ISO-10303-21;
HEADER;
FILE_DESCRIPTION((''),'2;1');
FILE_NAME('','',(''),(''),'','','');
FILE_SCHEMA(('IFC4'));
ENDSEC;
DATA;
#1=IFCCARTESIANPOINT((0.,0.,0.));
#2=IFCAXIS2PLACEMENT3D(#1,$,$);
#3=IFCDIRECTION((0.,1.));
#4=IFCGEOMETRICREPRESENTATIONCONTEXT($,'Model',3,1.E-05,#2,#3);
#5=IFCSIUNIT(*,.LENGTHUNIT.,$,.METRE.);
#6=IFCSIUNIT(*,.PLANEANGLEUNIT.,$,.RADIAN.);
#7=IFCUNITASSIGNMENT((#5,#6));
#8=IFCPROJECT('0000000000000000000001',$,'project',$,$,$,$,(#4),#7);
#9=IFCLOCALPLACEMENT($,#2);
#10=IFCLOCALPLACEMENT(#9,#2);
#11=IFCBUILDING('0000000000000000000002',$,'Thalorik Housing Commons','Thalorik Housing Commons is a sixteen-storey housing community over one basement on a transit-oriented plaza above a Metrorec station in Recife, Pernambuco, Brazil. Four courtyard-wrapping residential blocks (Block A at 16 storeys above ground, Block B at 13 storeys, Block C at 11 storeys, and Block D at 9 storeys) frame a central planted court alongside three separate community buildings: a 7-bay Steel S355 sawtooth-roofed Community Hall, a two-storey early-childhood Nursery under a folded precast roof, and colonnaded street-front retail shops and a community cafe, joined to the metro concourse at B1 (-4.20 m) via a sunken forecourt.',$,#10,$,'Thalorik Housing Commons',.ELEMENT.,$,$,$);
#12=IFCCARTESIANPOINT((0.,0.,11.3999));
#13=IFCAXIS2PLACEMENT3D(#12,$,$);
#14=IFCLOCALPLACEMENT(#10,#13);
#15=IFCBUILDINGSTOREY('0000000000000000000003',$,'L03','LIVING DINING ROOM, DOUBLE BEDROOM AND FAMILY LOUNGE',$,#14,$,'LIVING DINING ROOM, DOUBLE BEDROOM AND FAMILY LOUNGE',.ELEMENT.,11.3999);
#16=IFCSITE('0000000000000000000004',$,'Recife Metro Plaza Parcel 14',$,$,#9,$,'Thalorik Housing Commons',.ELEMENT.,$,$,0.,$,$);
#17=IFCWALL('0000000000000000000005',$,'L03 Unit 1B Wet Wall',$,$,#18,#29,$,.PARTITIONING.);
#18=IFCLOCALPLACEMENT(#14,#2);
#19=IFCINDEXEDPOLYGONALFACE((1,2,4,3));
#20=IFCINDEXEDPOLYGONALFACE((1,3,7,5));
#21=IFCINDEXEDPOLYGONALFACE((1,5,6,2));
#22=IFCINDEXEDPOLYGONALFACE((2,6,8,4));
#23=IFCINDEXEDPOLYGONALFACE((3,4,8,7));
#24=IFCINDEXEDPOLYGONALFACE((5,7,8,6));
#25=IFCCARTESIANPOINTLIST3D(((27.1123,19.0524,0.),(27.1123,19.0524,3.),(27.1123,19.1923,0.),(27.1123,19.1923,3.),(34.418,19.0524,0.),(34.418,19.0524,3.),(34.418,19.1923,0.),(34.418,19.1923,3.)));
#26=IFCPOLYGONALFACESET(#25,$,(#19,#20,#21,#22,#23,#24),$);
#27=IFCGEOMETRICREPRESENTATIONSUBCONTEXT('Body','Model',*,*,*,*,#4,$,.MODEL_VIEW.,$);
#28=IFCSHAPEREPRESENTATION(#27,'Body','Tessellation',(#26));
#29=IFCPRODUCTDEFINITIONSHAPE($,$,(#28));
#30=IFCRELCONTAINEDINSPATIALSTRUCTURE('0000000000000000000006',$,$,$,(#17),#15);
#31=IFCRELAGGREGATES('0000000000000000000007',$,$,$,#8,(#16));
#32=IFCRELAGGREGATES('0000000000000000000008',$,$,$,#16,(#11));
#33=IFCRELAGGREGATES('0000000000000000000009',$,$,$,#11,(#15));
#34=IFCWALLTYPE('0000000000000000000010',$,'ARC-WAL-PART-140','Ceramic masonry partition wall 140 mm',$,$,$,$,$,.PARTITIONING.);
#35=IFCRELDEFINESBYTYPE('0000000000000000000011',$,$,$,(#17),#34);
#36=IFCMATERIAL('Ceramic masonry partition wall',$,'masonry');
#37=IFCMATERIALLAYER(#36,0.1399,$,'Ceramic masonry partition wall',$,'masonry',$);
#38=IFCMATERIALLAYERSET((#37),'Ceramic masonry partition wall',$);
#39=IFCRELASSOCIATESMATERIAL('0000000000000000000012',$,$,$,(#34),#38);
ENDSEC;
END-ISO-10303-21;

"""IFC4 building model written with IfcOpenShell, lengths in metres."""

from ifc_helpers import new_model, si_unit, direction, frame, frame_2d, origin, place, context, subcontext, project, spatial, rectangle, extrude, material, layer, layer_set, type_object, element, save


model = new_model("IFC4")

# Units and contexts
model_context = context("Model", 3, precision=1e-05, world=origin(), true_north=direction((0.0, 1.0)))
body_context = subcontext(model_context, "Body", "Model", "MODEL_VIEW")
ifc_project = project(units=[si_unit("LENGTHUNIT", "METRE"), si_unit("PLANEANGLEUNIT", "RADIAN")], contexts=[model_context])

# Site, building, storey
site_placement = place(None, origin())
site = spatial("IfcSite", under=ifc_project, at=site_placement, Name="Recife Metro Plaza Parcel 14", LongName="Thalorik Housing Commons", CompositionType="ELEMENT", RefElevation=0.0)
building_placement = place(site_placement, origin())
building = spatial("IfcBuilding", under=site, at=building_placement, Name="Thalorik Housing Commons", Description="Thalorik Housing Commons is a sixteen-storey housing community over one basement on a transit-oriented plaza above a Metrorec station in Recife, Pernambuco, Brazil. Four courtyard-wrapping residential blocks (Block A at 16 storeys above ground, Block B at 13 storeys, Block C at 11 storeys, and Block D at 9 storeys) frame a central planted court alongside three separate community buildings: a 7-bay Steel S355 sawtooth-roofed Community Hall, a two-storey early-childhood Nursery under a folded precast roof, and colonnaded street-front retail shops and a community cafe, joined to the metro concourse at B1 (-4.20 m) via a sunken forecourt.", LongName="Thalorik Housing Commons", CompositionType="ELEMENT")
storey_placement = place(building_placement, frame((0.0, 0.0, 11.3999)))
storey = spatial("IfcBuildingStorey", under=building, at=storey_placement, Name="L03", Description="LIVING DINING ROOM, DOUBLE BEDROOM AND FAMILY LOUNGE", LongName="LIVING DINING ROOM, DOUBLE BEDROOM AND FAMILY LOUNGE", CompositionType="ELEMENT", Elevation=11.3999)

# Wall
ifc_material_1 = material(Name="Ceramic masonry partition wall", Category="masonry")
ifc_layer_1 = layer(ifc_material_1, 0.1399, Name="Ceramic masonry partition wall", Category="masonry")
ifc_layer_set_1 = layer_set([ifc_layer_1], Name="Ceramic masonry partition wall")
wall_type_1 = type_object("IfcWallType", Name="ARC-WAL-PART-140", Description="Ceramic masonry partition wall 140 mm", PredefinedType="PARTITIONING", material=ifc_layer_set_1)
wall_1_placement = place(storey_placement, frame((27.1123, 19.1223, 0.0), z_axis=(0.0, 0.0, 1.0), x_axis=(1.0, 0.0, 0.0)))
element("IfcWall", 1, at=wall_1_placement, inside=storey, type_object=wall_type_1, Name="L03 Unit 1B Wet Wall", PredefinedType="PARTITIONING", context=body_context, shape_type="SweptSolid", body=[
    extrude(rectangle(XDim=7.3057, YDim=0.1399, at=frame_2d((3.6528, 0.0))), origin(), (0.0, 0.0, 1.0), 3.0),
])

save(model, "model.ifc")
